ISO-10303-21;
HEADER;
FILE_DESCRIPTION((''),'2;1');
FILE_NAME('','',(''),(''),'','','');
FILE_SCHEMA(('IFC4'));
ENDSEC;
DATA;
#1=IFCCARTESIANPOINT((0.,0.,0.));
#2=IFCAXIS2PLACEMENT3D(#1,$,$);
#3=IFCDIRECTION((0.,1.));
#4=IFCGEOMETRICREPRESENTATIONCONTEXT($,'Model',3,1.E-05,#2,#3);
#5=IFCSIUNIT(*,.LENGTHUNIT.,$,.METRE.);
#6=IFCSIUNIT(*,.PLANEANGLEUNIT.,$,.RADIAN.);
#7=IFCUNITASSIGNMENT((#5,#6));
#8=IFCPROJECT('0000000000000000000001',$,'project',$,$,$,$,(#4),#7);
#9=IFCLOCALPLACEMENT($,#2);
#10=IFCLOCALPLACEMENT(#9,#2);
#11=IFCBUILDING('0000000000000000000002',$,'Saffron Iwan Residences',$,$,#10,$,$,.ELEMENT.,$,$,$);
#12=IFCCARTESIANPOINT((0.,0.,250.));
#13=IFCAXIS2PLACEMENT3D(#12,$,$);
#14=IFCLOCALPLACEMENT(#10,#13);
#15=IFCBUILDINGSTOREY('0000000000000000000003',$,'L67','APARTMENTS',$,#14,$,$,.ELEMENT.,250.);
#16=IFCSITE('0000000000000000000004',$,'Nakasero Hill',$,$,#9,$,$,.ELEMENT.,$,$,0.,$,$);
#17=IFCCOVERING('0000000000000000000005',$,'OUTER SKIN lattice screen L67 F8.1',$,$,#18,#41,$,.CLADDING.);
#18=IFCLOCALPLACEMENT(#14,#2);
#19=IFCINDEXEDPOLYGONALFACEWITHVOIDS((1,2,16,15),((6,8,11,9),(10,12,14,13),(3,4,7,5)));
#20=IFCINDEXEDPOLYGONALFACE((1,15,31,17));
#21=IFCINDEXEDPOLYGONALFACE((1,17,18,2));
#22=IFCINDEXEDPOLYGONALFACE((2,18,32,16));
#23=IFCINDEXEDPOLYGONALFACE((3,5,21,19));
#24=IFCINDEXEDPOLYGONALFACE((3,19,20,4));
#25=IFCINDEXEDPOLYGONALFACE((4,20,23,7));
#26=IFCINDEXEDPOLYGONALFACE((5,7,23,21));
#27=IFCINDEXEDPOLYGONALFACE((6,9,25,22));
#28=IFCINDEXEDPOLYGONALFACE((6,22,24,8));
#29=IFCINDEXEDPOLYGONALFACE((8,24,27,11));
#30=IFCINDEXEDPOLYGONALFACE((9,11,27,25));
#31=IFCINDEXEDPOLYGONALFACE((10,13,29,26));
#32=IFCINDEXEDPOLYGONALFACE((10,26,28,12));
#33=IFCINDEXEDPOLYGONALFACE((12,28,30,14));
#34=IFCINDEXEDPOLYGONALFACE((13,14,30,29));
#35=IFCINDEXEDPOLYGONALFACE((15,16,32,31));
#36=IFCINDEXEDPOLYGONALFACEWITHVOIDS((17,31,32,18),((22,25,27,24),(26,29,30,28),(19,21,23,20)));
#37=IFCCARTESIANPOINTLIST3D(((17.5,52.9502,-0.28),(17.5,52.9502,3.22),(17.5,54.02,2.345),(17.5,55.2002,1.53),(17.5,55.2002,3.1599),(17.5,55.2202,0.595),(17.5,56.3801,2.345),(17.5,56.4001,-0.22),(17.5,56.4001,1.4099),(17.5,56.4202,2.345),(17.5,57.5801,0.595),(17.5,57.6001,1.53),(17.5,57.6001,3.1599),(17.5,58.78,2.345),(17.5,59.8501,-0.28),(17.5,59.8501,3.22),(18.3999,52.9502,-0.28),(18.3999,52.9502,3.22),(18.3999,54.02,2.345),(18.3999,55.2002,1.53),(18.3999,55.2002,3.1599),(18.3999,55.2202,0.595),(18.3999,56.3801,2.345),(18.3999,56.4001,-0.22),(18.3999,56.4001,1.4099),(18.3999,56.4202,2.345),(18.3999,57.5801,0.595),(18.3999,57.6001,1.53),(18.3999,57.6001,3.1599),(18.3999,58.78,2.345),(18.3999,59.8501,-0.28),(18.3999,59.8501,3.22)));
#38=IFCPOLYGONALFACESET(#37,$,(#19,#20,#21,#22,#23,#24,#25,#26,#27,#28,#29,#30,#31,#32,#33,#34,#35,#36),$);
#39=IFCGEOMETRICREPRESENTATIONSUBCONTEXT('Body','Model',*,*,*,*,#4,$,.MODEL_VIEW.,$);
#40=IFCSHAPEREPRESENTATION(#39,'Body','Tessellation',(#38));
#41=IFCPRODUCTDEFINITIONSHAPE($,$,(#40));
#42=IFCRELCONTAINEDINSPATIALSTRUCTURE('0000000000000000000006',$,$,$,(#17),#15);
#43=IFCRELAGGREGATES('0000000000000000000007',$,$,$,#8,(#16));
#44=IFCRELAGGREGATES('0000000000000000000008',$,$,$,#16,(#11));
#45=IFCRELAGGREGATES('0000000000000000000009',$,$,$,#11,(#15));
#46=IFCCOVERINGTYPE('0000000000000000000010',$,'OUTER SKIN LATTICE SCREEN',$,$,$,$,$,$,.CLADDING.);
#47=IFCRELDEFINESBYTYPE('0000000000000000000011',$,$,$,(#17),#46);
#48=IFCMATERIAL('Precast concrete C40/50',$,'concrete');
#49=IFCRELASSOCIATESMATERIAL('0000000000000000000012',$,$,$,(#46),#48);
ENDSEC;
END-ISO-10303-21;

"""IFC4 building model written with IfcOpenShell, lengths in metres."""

from ifc_helpers import new_model, si_unit, direction, frame, origin, place, context, subcontext, project, spatial, polyline, outline, extrude, material, type_object, element, save


model = new_model("IFC4")

# Units and contexts
model_context = context("Model", 3, precision=1e-05, world=origin(), true_north=direction((0.0, 1.0)))
body_context = subcontext(model_context, "Body", "Model", "MODEL_VIEW")
ifc_project = project(units=[si_unit("LENGTHUNIT", "METRE"), si_unit("PLANEANGLEUNIT", "RADIAN")], contexts=[model_context])

# Site, building, storey
site_placement = place(None, origin())
site = spatial("IfcSite", under=ifc_project, at=site_placement, Name="Nakasero Hill", CompositionType="ELEMENT", RefElevation=0.0)
building_placement = place(site_placement, origin())
building = spatial("IfcBuilding", under=site, at=building_placement, Name="Saffron Iwan Residences", CompositionType="ELEMENT")
storey_placement = place(building_placement, frame((0.0, 0.0, 250.0)))
storey = spatial("IfcBuildingStorey", under=building, at=storey_placement, Name="L67", Description="APARTMENTS", CompositionType="ELEMENT", Elevation=250.0)

# Covering
ifc_material_1 = material(Name="Precast concrete C40/50", Category="concrete")
covering_type = type_object("IfcCoveringType", Name="OUTER SKIN LATTICE SCREEN", PredefinedType="CLADDING", material=ifc_material_1)
covering_placement = place(storey_placement, frame((18.3999, 59.8501, -0.28), z_axis=(-1.0, 0.0, 0.0), x_axis=(0.0, -1.0, 0.0)))
element("IfcCovering", 1, at=covering_placement, inside=storey, type_object=covering_type, Name="OUTER SKIN lattice screen L67 F8.1", PredefinedType="CLADDING", context=body_context, shape_type="SweptSolid", body=[
    extrude(outline(polyline([(0.0, 0.0), (6.8999, 0.0), (6.8999, 3.5), (0.0, 3.5), (0.0, 0.0)]), holes=[polyline([(2.27, 0.875), (3.45, 0.0601), (4.6299, 0.875), (3.45, 1.6899), (2.27, 0.875)]), polyline([(1.0701, 2.625), (2.25, 1.8101), (3.4299, 2.625), (2.25, 3.4399), (1.0701, 2.625)]), polyline([(3.47, 2.625), (4.6499, 1.8101), (5.8301, 2.625), (4.6499, 3.4399), (3.47, 2.625)])]), origin(), (0.0, 0.0, 1.0), 0.8999),
])

save(model, "model.ifc")
